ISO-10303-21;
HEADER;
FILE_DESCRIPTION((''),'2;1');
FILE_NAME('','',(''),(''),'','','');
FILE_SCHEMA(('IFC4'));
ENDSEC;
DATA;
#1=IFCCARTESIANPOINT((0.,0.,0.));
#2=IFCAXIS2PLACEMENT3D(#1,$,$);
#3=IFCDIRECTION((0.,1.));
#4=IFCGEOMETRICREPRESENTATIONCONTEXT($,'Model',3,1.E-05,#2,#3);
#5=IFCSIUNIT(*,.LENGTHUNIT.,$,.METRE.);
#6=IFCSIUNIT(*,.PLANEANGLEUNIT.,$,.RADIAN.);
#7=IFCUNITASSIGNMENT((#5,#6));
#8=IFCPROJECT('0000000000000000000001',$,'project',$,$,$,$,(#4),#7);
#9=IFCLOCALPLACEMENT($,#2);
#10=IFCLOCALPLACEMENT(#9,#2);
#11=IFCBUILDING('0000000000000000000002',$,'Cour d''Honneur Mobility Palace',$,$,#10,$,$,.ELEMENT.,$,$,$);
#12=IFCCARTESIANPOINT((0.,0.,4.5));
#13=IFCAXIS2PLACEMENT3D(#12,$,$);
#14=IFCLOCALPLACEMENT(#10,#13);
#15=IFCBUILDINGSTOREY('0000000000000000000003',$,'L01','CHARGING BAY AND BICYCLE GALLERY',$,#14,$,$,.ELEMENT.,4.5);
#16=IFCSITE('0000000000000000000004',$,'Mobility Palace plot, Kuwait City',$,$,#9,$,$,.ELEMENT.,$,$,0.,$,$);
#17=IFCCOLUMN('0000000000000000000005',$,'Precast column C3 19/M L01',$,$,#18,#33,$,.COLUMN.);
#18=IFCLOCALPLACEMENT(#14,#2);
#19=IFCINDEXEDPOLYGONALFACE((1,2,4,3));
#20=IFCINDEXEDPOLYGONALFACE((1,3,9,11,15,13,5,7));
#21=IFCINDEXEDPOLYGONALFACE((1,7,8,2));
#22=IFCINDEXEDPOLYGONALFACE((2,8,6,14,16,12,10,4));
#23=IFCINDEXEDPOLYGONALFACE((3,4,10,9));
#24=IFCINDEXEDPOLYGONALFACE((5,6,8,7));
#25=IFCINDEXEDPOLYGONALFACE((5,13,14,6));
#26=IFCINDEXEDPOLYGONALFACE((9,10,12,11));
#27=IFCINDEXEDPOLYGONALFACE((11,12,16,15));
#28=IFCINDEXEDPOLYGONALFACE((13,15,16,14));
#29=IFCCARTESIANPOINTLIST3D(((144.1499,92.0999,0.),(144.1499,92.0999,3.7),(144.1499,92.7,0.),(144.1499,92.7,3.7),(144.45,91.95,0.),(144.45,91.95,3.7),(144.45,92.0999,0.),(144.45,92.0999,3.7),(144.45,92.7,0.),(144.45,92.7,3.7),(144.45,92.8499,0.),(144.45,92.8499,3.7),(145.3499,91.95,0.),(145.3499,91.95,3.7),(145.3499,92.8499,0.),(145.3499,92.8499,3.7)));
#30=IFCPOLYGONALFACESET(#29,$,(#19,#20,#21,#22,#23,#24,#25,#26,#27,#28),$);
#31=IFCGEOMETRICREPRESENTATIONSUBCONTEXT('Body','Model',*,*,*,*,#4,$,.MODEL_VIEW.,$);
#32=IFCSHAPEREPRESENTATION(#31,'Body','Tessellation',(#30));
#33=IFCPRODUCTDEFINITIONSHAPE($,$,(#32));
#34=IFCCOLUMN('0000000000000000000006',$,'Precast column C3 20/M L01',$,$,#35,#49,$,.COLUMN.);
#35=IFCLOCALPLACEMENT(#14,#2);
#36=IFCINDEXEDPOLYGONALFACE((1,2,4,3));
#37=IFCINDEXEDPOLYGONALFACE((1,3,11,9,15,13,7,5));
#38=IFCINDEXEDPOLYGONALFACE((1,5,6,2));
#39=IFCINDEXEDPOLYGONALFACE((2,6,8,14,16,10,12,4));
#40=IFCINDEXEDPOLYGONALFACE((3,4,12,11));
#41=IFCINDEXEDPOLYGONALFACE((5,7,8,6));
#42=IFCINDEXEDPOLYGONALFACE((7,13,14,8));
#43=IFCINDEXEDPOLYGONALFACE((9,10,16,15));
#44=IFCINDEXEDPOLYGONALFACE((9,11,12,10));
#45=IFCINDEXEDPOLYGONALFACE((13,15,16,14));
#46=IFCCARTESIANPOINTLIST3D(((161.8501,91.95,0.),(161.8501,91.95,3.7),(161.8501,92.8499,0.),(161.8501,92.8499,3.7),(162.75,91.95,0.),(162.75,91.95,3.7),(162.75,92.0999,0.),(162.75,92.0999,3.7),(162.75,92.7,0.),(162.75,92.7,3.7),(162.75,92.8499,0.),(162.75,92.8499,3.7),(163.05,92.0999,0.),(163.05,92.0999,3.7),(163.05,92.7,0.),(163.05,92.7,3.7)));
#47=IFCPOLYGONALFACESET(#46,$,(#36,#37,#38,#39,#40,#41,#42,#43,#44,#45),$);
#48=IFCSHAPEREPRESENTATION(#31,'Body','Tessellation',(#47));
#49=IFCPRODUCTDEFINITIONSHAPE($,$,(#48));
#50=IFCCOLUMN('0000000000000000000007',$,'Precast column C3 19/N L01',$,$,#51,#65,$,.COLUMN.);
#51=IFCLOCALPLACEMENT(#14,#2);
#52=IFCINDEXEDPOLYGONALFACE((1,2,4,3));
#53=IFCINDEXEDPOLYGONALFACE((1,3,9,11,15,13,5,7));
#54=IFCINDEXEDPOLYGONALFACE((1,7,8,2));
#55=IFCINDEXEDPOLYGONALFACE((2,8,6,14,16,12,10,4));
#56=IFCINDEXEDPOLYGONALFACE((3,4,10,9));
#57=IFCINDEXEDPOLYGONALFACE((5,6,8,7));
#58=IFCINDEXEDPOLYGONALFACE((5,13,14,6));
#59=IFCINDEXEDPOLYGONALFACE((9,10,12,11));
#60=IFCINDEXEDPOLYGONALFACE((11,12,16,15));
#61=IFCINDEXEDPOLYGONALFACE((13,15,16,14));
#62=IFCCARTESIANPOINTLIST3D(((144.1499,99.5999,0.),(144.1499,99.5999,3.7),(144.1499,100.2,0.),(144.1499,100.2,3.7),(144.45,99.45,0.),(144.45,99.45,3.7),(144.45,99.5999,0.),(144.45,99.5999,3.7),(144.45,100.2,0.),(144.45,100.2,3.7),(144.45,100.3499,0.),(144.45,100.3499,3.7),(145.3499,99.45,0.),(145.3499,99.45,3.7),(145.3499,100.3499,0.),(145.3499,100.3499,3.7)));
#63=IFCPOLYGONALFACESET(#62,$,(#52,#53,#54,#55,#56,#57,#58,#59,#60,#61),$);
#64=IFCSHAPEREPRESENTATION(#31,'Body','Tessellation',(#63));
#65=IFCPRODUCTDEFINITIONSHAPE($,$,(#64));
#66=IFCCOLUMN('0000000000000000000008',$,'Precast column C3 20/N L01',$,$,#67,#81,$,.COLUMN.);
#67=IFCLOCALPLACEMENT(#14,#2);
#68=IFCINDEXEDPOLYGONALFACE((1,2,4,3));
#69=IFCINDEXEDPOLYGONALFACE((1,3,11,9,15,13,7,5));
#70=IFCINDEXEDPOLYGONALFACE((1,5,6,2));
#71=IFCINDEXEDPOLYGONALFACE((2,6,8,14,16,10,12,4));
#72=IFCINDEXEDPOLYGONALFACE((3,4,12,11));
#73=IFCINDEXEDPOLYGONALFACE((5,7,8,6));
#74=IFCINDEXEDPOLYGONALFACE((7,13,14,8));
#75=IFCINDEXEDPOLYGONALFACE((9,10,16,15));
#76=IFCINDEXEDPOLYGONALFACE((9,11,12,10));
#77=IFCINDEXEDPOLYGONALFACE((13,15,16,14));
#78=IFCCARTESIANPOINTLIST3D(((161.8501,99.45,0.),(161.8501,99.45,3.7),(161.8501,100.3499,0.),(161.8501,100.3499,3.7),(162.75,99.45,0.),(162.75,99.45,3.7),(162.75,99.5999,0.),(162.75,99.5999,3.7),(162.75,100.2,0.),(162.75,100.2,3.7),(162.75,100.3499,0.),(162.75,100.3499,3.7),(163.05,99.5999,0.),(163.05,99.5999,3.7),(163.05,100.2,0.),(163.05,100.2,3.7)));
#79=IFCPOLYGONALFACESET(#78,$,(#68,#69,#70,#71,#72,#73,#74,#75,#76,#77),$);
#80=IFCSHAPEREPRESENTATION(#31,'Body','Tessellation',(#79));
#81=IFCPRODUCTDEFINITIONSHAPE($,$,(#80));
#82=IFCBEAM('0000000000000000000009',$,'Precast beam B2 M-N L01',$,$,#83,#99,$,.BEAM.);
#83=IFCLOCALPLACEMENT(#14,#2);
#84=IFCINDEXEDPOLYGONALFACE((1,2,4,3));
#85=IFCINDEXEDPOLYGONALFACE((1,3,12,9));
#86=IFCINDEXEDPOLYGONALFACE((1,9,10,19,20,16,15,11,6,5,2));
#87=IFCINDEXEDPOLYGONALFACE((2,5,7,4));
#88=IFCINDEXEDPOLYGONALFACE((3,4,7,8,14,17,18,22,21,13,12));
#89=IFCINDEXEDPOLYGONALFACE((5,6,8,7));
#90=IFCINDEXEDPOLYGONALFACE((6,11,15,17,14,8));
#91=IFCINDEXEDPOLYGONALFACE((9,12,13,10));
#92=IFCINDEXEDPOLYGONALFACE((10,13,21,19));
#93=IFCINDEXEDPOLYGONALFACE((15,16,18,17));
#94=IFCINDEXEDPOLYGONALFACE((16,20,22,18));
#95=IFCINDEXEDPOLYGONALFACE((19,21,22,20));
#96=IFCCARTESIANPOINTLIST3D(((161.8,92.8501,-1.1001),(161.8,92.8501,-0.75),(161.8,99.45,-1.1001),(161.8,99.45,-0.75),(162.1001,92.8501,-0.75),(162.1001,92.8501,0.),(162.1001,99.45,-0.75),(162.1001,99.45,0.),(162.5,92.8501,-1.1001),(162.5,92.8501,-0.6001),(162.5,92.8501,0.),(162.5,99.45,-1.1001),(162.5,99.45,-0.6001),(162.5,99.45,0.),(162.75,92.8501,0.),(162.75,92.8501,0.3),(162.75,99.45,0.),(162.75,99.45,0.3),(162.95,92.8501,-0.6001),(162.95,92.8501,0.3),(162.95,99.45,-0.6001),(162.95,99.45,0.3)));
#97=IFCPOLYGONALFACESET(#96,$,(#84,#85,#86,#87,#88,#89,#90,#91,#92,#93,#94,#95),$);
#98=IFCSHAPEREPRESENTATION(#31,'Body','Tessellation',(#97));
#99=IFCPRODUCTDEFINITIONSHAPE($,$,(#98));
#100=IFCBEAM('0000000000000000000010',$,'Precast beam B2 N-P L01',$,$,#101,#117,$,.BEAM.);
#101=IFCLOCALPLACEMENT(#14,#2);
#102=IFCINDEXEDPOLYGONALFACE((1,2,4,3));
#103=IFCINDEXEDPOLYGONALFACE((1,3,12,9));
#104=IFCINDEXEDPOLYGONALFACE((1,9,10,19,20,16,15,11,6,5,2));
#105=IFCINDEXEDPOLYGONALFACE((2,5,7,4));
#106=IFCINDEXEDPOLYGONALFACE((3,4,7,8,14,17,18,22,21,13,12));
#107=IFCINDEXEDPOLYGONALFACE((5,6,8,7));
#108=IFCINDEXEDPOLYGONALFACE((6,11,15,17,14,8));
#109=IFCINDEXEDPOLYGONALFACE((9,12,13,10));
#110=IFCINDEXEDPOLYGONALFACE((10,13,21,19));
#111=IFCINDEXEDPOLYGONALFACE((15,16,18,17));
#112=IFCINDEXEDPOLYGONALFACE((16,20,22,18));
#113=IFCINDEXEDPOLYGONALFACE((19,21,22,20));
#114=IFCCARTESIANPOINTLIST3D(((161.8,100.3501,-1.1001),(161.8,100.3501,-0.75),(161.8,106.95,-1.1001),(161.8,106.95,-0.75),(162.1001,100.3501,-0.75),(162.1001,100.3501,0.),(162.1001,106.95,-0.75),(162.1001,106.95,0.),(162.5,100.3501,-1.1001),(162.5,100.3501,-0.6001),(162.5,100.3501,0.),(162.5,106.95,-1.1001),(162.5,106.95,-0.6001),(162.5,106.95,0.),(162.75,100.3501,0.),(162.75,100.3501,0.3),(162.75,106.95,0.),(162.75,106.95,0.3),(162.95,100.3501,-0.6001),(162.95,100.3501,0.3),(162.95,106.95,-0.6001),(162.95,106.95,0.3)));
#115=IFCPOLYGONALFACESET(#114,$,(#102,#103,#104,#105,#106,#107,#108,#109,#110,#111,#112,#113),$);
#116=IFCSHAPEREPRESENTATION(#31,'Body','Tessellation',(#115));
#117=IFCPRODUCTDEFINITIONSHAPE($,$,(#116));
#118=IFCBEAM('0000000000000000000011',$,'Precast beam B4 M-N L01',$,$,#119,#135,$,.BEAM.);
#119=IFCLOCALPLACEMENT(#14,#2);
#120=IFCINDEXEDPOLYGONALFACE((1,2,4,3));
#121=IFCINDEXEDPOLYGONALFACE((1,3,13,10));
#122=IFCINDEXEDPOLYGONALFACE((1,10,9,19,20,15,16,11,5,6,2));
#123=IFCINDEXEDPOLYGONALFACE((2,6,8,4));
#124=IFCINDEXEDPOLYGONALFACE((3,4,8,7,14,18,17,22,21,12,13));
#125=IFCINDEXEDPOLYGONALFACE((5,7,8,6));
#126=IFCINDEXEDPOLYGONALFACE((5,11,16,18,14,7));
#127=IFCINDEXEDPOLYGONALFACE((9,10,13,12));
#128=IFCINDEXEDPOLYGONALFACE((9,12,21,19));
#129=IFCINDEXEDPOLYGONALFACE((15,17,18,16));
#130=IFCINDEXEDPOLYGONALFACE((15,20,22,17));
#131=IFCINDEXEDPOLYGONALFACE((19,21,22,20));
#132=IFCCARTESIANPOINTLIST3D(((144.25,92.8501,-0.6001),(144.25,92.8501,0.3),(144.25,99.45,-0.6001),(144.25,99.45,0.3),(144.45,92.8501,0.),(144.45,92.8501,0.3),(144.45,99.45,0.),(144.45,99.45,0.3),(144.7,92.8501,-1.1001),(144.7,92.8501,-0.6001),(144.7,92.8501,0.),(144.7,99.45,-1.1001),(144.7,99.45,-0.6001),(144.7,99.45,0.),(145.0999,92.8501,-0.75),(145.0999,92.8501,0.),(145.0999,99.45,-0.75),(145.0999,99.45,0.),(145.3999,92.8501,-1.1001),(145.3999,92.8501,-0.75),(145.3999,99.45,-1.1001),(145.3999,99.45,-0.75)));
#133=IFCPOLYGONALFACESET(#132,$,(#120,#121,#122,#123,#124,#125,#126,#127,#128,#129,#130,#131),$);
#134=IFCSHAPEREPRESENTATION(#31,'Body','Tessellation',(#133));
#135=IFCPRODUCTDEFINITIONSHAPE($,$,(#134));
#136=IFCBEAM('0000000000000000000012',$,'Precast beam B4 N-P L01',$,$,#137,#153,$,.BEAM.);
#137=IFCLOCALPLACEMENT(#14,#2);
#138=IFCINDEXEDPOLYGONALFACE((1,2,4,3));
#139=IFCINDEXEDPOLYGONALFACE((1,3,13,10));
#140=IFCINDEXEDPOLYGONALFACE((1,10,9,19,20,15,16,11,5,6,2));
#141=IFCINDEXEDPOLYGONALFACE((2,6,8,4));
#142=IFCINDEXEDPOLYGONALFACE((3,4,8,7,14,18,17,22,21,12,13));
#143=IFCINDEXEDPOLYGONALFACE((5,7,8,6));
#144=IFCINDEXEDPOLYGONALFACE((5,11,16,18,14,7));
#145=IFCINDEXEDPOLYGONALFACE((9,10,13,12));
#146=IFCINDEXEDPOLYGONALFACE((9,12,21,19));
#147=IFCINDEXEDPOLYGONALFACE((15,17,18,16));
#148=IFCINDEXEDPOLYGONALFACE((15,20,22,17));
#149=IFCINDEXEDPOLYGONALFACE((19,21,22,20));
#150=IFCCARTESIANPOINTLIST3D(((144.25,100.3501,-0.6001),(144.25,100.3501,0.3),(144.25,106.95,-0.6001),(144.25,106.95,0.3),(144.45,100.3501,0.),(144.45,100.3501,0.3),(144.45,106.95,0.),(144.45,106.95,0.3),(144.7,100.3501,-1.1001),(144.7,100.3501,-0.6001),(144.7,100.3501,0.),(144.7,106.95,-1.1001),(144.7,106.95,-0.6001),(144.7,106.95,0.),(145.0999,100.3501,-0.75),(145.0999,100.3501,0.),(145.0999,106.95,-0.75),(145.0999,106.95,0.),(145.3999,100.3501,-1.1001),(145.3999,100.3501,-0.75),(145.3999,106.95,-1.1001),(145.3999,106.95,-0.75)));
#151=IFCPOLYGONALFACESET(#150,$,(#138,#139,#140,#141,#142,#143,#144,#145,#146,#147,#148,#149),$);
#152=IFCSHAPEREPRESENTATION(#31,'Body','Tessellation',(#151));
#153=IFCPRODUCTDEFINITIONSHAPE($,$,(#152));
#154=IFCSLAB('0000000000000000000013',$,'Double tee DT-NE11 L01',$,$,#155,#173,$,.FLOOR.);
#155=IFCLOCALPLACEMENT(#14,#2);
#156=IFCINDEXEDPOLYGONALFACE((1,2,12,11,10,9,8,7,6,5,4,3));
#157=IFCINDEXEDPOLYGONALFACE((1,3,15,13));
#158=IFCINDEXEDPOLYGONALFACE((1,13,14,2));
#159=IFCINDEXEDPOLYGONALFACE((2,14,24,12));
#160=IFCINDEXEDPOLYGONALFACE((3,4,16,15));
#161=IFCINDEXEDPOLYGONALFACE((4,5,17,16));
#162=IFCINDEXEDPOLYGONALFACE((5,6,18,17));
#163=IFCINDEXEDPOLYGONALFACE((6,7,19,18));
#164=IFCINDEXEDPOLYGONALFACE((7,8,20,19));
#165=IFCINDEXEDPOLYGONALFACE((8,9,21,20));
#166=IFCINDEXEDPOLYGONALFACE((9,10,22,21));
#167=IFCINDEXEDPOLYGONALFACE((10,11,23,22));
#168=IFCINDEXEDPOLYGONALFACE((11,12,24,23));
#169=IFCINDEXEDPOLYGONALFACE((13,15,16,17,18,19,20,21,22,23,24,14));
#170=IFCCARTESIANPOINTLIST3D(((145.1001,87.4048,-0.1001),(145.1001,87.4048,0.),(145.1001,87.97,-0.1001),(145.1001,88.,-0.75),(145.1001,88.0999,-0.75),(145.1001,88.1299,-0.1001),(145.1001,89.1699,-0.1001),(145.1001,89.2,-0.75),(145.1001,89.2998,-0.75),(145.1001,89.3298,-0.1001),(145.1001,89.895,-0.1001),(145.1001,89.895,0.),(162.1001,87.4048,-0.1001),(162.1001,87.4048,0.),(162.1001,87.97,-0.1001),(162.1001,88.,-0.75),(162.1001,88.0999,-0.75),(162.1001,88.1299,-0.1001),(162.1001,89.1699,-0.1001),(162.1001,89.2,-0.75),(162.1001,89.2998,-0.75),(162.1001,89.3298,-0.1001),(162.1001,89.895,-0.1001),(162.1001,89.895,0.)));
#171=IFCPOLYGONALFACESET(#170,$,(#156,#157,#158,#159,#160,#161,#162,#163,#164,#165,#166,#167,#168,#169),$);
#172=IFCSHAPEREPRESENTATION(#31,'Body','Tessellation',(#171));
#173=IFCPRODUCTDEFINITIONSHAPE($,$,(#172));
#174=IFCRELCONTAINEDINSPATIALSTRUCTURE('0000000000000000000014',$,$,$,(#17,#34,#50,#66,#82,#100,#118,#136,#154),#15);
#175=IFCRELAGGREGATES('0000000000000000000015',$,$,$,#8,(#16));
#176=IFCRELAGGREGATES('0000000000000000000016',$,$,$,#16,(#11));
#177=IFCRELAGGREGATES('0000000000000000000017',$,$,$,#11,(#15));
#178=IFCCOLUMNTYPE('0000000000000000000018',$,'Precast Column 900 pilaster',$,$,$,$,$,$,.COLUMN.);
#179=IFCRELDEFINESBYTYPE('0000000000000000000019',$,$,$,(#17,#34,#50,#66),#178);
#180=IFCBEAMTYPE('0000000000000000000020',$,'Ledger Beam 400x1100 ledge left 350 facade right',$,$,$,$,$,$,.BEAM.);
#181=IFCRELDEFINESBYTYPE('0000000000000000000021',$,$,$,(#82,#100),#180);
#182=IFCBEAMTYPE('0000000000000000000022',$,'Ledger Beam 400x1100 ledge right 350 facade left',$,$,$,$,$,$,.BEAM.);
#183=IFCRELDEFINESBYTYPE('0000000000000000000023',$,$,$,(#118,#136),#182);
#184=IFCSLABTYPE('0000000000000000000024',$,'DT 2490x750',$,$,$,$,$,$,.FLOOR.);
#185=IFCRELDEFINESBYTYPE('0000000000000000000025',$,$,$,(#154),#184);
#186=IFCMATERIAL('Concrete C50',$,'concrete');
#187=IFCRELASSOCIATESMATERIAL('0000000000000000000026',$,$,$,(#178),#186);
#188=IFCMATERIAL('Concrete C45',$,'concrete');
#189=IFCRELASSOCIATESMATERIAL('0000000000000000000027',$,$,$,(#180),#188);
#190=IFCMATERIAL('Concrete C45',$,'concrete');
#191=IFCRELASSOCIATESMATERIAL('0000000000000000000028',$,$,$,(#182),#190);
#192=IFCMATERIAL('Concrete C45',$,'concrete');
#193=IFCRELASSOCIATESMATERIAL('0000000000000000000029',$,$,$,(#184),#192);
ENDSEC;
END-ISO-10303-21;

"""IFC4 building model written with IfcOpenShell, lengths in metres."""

from ifc_helpers import new_model, si_unit, direction, frame, origin, place, context, subcontext, project, spatial, polyline, outline, extrude, material, material_profile, profile_set, type_object, element, save


model = new_model("IFC4")

# Units and contexts
model_context = context("Model", 3, precision=1e-05, world=origin(), true_north=direction((0.0, 1.0)))
body_context = subcontext(model_context, "Body", "Model", "MODEL_VIEW")
ifc_project = project(units=[si_unit("LENGTHUNIT", "METRE"), si_unit("PLANEANGLEUNIT", "RADIAN")], contexts=[model_context])

# Site, building, storey
site_placement = place(None, origin())
site = spatial("IfcSite", under=ifc_project, at=site_placement, Name="Mobility Palace plot, Kuwait City", CompositionType="ELEMENT", RefElevation=0.0)
building_placement = place(site_placement, origin())
building = spatial("IfcBuilding", under=site, at=building_placement, Name="Cour d'Honneur Mobility Palace", CompositionType="ELEMENT")
storey_placement = place(building_placement, frame((0.0, 0.0, 4.5)))
storey = spatial("IfcBuildingStorey", under=building, at=storey_placement, Name="L01", Description="CHARGING BAY AND BICYCLE GALLERY", CompositionType="ELEMENT", Elevation=4.5)

# Columns
ifc_material_1 = material(Name="Concrete C50", Category="concrete")
ifc_material_profile_1 = material_profile(ifc_material_1, outline(polyline([(-0.45, -0.45), (0.45, -0.45), (0.45, -0.3), (0.75, -0.3), (0.75, 0.3), (0.45, 0.3), (0.45, 0.45), (-0.45, 0.45), (-0.45, -0.45)])), Name="PC C900 pilaster")
ifc_profile_set_1 = profile_set([ifc_material_profile_1], Name="Concrete C50")
column_type = type_object("IfcColumnType", Name="Precast Column 900 pilaster", PredefinedType="COLUMN", material=ifc_profile_set_1)
for number, where, z_axis, x_axis, name in (
    (1, (144.8999, 92.3999, 0.0), (0.0, 0.0, 1.0), (-1.0, 0.0, 0.0), "Precast column C3 19/M L01"),
    (2, (162.3, 92.3999, 0.0), (0.0, 0.0, 1.0), (1.0, 0.0, 0.0), "Precast column C3 20/M L01"),
    (3, (144.8999, 99.8999, 0.0), (0.0, 0.0, 1.0), (-1.0, 0.0, 0.0), "Precast column C3 19/N L01"),
    (4, (162.3, 99.8999, 0.0), (0.0, 0.0, 1.0), (1.0, 0.0, 0.0), "Precast column C3 20/N L01"),
):
    element("IfcColumn", number, at=place(storey_placement, frame(where, z_axis=z_axis, x_axis=x_axis)), inside=storey, type_object=column_type, Name=name, PredefinedType="COLUMN", context=body_context, shape_type="SweptSolid", body=[
        extrude(outline(polyline([(-0.45, -0.45), (0.45, -0.45), (0.45, -0.3), (0.75, -0.3), (0.75, 0.3), (0.45, 0.3), (0.45, 0.45), (-0.45, 0.45), (-0.45, -0.45)])), origin(), (0.0, 0.0, 1.0), 3.7),
    ])

# Beams
ifc_material_2 = material(Name="Concrete C45", Category="concrete")
ifc_material_profile_2 = material_profile(ifc_material_2, outline(polyline([(0.5, -1.1001), (0.5, -0.75), (0.2, -0.75), (0.2, 0.0), (-0.2, 0.0), (-0.45, 0.0), (-0.45, 0.3), (-0.6499, 0.3), (-0.6499, -0.6001), (-0.2, -0.6001), (-0.2, -1.1001), (0.5, -1.1001)])), Name="Ledger Beam 400x1100 ledge left 350 facade right")
ifc_profile_set_2 = profile_set([ifc_material_profile_2], Name="Concrete C45")
beam_type_1 = type_object("IfcBeamType", Name="Ledger Beam 400x1100 ledge left 350 facade right", PredefinedType="BEAM", material=ifc_profile_set_2)
for number, where, z_axis, x_axis, name in (
    (5, (162.3, 92.8501, 0.0), (0.0, 1.0, 0.0), (-1.0, 0.0, 0.0), "Precast beam B2 M-N L01"),
    (6, (162.3, 100.3501, 0.0), (0.0, 1.0, 0.0), (-1.0, 0.0, 0.0), "Precast beam B2 N-P L01"),
):
    element("IfcBeam", number, at=place(storey_placement, frame(where, z_axis=z_axis, x_axis=x_axis)), inside=storey, type_object=beam_type_1, Name=name, PredefinedType="BEAM", context=body_context, shape_type="SweptSolid", body=[
        extrude(outline(polyline([(0.5, -1.1001), (0.5, -0.75), (0.2, -0.75), (0.2, 0.0), (-0.2, 0.0), (-0.45, 0.0), (-0.45, 0.3), (-0.6499, 0.3), (-0.6499, -0.6001), (-0.2, -0.6001), (-0.2, -1.1001), (0.5, -1.1001)])), origin(), (0.0, 0.0, 1.0), 6.5999),
    ])
ifc_material_3 = material(Name="Concrete C45", Category="concrete")
ifc_material_profile_3 = material_profile(ifc_material_3, outline(polyline([(0.2, -1.1001), (0.2, -0.6001), (0.6499, -0.6001), (0.6499, 0.3), (0.45, 0.3), (0.45, 0.0), (0.2, 0.0), (-0.2, 0.0), (-0.2, -0.75), (-0.5, -0.75), (-0.5, -1.1001), (0.2, -1.1001)])), Name="Ledger Beam 400x1100 ledge right 350 facade left")
ifc_profile_set_3 = profile_set([ifc_material_profile_3], Name="Concrete C45")
beam_type_2 = type_object("IfcBeamType", Name="Ledger Beam 400x1100 ledge right 350 facade left", PredefinedType="BEAM", material=ifc_profile_set_3)
for number, where, z_axis, x_axis, name in (
    (7, (144.8999, 92.8501, 0.0), (0.0, 1.0, 0.0), (-1.0, 0.0, 0.0), "Precast beam B4 M-N L01"),
    (8, (144.8999, 100.3501, 0.0), (0.0, 1.0, 0.0), (-1.0, 0.0, 0.0), "Precast beam B4 N-P L01"),
):
    element("IfcBeam", number, at=place(storey_placement, frame(where, z_axis=z_axis, x_axis=x_axis)), inside=storey, type_object=beam_type_2, Name=name, PredefinedType="BEAM", context=body_context, shape_type="SweptSolid", body=[
        extrude(outline(polyline([(0.2, -1.1001), (0.2, -0.6001), (0.6499, -0.6001), (0.6499, 0.3), (0.45, 0.3), (0.45, 0.0), (0.2, 0.0), (-0.2, 0.0), (-0.2, -0.75), (-0.5, -0.75), (-0.5, -1.1001), (0.2, -1.1001)])), origin(), (0.0, 0.0, 1.0), 6.5999),
    ])

# Slab
ifc_material_4 = material(Name="Concrete C45", Category="concrete")
ifc_material_profile_4 = material_profile(ifc_material_4, outline(polyline([(-1.2451, 0.0), (1.2451, 0.0), (1.2451, -0.1001), (0.6799, -0.1001), (0.6499, -0.75), (0.55, -0.75), (0.52, -0.1001), (-0.52, -0.1001), (-0.55, -0.75), (-0.6499, -0.75), (-0.6799, -0.1001), (-1.2451, -0.1001), (-1.2451, 0.0)])), Name="DT 2490x750")
ifc_profile_set_4 = profile_set([ifc_material_profile_4], Name="Concrete C45")
slab_type = type_object("IfcSlabType", Name="DT 2490x750", PredefinedType="FLOOR", material=ifc_profile_set_4)
slab_1_placement = place(storey_placement, frame((145.1001, 88.6499, 0.0), z_axis=(1.0, 0.0, 0.0), x_axis=(0.0, 1.0, 0.0)))
element("IfcSlab", 9, at=slab_1_placement, inside=storey, type_object=slab_type, Name="Double tee DT-NE11 L01", PredefinedType="FLOOR", context=body_context, shape_type="SweptSolid", body=[
    extrude(outline(polyline([(-1.2451, 0.0), (1.2451, 0.0), (1.2451, -0.1001), (0.6799, -0.1001), (0.6499, -0.75), (0.55, -0.75), (0.52, -0.1001), (-0.52, -0.1001), (-0.55, -0.75), (-0.6499, -0.75), (-0.6799, -0.1001), (-1.2451, -0.1001), (-1.2451, 0.0)])), origin(), (0.0, 0.0, 1.0), 17.0),
])

save(model, "model.ifc")
